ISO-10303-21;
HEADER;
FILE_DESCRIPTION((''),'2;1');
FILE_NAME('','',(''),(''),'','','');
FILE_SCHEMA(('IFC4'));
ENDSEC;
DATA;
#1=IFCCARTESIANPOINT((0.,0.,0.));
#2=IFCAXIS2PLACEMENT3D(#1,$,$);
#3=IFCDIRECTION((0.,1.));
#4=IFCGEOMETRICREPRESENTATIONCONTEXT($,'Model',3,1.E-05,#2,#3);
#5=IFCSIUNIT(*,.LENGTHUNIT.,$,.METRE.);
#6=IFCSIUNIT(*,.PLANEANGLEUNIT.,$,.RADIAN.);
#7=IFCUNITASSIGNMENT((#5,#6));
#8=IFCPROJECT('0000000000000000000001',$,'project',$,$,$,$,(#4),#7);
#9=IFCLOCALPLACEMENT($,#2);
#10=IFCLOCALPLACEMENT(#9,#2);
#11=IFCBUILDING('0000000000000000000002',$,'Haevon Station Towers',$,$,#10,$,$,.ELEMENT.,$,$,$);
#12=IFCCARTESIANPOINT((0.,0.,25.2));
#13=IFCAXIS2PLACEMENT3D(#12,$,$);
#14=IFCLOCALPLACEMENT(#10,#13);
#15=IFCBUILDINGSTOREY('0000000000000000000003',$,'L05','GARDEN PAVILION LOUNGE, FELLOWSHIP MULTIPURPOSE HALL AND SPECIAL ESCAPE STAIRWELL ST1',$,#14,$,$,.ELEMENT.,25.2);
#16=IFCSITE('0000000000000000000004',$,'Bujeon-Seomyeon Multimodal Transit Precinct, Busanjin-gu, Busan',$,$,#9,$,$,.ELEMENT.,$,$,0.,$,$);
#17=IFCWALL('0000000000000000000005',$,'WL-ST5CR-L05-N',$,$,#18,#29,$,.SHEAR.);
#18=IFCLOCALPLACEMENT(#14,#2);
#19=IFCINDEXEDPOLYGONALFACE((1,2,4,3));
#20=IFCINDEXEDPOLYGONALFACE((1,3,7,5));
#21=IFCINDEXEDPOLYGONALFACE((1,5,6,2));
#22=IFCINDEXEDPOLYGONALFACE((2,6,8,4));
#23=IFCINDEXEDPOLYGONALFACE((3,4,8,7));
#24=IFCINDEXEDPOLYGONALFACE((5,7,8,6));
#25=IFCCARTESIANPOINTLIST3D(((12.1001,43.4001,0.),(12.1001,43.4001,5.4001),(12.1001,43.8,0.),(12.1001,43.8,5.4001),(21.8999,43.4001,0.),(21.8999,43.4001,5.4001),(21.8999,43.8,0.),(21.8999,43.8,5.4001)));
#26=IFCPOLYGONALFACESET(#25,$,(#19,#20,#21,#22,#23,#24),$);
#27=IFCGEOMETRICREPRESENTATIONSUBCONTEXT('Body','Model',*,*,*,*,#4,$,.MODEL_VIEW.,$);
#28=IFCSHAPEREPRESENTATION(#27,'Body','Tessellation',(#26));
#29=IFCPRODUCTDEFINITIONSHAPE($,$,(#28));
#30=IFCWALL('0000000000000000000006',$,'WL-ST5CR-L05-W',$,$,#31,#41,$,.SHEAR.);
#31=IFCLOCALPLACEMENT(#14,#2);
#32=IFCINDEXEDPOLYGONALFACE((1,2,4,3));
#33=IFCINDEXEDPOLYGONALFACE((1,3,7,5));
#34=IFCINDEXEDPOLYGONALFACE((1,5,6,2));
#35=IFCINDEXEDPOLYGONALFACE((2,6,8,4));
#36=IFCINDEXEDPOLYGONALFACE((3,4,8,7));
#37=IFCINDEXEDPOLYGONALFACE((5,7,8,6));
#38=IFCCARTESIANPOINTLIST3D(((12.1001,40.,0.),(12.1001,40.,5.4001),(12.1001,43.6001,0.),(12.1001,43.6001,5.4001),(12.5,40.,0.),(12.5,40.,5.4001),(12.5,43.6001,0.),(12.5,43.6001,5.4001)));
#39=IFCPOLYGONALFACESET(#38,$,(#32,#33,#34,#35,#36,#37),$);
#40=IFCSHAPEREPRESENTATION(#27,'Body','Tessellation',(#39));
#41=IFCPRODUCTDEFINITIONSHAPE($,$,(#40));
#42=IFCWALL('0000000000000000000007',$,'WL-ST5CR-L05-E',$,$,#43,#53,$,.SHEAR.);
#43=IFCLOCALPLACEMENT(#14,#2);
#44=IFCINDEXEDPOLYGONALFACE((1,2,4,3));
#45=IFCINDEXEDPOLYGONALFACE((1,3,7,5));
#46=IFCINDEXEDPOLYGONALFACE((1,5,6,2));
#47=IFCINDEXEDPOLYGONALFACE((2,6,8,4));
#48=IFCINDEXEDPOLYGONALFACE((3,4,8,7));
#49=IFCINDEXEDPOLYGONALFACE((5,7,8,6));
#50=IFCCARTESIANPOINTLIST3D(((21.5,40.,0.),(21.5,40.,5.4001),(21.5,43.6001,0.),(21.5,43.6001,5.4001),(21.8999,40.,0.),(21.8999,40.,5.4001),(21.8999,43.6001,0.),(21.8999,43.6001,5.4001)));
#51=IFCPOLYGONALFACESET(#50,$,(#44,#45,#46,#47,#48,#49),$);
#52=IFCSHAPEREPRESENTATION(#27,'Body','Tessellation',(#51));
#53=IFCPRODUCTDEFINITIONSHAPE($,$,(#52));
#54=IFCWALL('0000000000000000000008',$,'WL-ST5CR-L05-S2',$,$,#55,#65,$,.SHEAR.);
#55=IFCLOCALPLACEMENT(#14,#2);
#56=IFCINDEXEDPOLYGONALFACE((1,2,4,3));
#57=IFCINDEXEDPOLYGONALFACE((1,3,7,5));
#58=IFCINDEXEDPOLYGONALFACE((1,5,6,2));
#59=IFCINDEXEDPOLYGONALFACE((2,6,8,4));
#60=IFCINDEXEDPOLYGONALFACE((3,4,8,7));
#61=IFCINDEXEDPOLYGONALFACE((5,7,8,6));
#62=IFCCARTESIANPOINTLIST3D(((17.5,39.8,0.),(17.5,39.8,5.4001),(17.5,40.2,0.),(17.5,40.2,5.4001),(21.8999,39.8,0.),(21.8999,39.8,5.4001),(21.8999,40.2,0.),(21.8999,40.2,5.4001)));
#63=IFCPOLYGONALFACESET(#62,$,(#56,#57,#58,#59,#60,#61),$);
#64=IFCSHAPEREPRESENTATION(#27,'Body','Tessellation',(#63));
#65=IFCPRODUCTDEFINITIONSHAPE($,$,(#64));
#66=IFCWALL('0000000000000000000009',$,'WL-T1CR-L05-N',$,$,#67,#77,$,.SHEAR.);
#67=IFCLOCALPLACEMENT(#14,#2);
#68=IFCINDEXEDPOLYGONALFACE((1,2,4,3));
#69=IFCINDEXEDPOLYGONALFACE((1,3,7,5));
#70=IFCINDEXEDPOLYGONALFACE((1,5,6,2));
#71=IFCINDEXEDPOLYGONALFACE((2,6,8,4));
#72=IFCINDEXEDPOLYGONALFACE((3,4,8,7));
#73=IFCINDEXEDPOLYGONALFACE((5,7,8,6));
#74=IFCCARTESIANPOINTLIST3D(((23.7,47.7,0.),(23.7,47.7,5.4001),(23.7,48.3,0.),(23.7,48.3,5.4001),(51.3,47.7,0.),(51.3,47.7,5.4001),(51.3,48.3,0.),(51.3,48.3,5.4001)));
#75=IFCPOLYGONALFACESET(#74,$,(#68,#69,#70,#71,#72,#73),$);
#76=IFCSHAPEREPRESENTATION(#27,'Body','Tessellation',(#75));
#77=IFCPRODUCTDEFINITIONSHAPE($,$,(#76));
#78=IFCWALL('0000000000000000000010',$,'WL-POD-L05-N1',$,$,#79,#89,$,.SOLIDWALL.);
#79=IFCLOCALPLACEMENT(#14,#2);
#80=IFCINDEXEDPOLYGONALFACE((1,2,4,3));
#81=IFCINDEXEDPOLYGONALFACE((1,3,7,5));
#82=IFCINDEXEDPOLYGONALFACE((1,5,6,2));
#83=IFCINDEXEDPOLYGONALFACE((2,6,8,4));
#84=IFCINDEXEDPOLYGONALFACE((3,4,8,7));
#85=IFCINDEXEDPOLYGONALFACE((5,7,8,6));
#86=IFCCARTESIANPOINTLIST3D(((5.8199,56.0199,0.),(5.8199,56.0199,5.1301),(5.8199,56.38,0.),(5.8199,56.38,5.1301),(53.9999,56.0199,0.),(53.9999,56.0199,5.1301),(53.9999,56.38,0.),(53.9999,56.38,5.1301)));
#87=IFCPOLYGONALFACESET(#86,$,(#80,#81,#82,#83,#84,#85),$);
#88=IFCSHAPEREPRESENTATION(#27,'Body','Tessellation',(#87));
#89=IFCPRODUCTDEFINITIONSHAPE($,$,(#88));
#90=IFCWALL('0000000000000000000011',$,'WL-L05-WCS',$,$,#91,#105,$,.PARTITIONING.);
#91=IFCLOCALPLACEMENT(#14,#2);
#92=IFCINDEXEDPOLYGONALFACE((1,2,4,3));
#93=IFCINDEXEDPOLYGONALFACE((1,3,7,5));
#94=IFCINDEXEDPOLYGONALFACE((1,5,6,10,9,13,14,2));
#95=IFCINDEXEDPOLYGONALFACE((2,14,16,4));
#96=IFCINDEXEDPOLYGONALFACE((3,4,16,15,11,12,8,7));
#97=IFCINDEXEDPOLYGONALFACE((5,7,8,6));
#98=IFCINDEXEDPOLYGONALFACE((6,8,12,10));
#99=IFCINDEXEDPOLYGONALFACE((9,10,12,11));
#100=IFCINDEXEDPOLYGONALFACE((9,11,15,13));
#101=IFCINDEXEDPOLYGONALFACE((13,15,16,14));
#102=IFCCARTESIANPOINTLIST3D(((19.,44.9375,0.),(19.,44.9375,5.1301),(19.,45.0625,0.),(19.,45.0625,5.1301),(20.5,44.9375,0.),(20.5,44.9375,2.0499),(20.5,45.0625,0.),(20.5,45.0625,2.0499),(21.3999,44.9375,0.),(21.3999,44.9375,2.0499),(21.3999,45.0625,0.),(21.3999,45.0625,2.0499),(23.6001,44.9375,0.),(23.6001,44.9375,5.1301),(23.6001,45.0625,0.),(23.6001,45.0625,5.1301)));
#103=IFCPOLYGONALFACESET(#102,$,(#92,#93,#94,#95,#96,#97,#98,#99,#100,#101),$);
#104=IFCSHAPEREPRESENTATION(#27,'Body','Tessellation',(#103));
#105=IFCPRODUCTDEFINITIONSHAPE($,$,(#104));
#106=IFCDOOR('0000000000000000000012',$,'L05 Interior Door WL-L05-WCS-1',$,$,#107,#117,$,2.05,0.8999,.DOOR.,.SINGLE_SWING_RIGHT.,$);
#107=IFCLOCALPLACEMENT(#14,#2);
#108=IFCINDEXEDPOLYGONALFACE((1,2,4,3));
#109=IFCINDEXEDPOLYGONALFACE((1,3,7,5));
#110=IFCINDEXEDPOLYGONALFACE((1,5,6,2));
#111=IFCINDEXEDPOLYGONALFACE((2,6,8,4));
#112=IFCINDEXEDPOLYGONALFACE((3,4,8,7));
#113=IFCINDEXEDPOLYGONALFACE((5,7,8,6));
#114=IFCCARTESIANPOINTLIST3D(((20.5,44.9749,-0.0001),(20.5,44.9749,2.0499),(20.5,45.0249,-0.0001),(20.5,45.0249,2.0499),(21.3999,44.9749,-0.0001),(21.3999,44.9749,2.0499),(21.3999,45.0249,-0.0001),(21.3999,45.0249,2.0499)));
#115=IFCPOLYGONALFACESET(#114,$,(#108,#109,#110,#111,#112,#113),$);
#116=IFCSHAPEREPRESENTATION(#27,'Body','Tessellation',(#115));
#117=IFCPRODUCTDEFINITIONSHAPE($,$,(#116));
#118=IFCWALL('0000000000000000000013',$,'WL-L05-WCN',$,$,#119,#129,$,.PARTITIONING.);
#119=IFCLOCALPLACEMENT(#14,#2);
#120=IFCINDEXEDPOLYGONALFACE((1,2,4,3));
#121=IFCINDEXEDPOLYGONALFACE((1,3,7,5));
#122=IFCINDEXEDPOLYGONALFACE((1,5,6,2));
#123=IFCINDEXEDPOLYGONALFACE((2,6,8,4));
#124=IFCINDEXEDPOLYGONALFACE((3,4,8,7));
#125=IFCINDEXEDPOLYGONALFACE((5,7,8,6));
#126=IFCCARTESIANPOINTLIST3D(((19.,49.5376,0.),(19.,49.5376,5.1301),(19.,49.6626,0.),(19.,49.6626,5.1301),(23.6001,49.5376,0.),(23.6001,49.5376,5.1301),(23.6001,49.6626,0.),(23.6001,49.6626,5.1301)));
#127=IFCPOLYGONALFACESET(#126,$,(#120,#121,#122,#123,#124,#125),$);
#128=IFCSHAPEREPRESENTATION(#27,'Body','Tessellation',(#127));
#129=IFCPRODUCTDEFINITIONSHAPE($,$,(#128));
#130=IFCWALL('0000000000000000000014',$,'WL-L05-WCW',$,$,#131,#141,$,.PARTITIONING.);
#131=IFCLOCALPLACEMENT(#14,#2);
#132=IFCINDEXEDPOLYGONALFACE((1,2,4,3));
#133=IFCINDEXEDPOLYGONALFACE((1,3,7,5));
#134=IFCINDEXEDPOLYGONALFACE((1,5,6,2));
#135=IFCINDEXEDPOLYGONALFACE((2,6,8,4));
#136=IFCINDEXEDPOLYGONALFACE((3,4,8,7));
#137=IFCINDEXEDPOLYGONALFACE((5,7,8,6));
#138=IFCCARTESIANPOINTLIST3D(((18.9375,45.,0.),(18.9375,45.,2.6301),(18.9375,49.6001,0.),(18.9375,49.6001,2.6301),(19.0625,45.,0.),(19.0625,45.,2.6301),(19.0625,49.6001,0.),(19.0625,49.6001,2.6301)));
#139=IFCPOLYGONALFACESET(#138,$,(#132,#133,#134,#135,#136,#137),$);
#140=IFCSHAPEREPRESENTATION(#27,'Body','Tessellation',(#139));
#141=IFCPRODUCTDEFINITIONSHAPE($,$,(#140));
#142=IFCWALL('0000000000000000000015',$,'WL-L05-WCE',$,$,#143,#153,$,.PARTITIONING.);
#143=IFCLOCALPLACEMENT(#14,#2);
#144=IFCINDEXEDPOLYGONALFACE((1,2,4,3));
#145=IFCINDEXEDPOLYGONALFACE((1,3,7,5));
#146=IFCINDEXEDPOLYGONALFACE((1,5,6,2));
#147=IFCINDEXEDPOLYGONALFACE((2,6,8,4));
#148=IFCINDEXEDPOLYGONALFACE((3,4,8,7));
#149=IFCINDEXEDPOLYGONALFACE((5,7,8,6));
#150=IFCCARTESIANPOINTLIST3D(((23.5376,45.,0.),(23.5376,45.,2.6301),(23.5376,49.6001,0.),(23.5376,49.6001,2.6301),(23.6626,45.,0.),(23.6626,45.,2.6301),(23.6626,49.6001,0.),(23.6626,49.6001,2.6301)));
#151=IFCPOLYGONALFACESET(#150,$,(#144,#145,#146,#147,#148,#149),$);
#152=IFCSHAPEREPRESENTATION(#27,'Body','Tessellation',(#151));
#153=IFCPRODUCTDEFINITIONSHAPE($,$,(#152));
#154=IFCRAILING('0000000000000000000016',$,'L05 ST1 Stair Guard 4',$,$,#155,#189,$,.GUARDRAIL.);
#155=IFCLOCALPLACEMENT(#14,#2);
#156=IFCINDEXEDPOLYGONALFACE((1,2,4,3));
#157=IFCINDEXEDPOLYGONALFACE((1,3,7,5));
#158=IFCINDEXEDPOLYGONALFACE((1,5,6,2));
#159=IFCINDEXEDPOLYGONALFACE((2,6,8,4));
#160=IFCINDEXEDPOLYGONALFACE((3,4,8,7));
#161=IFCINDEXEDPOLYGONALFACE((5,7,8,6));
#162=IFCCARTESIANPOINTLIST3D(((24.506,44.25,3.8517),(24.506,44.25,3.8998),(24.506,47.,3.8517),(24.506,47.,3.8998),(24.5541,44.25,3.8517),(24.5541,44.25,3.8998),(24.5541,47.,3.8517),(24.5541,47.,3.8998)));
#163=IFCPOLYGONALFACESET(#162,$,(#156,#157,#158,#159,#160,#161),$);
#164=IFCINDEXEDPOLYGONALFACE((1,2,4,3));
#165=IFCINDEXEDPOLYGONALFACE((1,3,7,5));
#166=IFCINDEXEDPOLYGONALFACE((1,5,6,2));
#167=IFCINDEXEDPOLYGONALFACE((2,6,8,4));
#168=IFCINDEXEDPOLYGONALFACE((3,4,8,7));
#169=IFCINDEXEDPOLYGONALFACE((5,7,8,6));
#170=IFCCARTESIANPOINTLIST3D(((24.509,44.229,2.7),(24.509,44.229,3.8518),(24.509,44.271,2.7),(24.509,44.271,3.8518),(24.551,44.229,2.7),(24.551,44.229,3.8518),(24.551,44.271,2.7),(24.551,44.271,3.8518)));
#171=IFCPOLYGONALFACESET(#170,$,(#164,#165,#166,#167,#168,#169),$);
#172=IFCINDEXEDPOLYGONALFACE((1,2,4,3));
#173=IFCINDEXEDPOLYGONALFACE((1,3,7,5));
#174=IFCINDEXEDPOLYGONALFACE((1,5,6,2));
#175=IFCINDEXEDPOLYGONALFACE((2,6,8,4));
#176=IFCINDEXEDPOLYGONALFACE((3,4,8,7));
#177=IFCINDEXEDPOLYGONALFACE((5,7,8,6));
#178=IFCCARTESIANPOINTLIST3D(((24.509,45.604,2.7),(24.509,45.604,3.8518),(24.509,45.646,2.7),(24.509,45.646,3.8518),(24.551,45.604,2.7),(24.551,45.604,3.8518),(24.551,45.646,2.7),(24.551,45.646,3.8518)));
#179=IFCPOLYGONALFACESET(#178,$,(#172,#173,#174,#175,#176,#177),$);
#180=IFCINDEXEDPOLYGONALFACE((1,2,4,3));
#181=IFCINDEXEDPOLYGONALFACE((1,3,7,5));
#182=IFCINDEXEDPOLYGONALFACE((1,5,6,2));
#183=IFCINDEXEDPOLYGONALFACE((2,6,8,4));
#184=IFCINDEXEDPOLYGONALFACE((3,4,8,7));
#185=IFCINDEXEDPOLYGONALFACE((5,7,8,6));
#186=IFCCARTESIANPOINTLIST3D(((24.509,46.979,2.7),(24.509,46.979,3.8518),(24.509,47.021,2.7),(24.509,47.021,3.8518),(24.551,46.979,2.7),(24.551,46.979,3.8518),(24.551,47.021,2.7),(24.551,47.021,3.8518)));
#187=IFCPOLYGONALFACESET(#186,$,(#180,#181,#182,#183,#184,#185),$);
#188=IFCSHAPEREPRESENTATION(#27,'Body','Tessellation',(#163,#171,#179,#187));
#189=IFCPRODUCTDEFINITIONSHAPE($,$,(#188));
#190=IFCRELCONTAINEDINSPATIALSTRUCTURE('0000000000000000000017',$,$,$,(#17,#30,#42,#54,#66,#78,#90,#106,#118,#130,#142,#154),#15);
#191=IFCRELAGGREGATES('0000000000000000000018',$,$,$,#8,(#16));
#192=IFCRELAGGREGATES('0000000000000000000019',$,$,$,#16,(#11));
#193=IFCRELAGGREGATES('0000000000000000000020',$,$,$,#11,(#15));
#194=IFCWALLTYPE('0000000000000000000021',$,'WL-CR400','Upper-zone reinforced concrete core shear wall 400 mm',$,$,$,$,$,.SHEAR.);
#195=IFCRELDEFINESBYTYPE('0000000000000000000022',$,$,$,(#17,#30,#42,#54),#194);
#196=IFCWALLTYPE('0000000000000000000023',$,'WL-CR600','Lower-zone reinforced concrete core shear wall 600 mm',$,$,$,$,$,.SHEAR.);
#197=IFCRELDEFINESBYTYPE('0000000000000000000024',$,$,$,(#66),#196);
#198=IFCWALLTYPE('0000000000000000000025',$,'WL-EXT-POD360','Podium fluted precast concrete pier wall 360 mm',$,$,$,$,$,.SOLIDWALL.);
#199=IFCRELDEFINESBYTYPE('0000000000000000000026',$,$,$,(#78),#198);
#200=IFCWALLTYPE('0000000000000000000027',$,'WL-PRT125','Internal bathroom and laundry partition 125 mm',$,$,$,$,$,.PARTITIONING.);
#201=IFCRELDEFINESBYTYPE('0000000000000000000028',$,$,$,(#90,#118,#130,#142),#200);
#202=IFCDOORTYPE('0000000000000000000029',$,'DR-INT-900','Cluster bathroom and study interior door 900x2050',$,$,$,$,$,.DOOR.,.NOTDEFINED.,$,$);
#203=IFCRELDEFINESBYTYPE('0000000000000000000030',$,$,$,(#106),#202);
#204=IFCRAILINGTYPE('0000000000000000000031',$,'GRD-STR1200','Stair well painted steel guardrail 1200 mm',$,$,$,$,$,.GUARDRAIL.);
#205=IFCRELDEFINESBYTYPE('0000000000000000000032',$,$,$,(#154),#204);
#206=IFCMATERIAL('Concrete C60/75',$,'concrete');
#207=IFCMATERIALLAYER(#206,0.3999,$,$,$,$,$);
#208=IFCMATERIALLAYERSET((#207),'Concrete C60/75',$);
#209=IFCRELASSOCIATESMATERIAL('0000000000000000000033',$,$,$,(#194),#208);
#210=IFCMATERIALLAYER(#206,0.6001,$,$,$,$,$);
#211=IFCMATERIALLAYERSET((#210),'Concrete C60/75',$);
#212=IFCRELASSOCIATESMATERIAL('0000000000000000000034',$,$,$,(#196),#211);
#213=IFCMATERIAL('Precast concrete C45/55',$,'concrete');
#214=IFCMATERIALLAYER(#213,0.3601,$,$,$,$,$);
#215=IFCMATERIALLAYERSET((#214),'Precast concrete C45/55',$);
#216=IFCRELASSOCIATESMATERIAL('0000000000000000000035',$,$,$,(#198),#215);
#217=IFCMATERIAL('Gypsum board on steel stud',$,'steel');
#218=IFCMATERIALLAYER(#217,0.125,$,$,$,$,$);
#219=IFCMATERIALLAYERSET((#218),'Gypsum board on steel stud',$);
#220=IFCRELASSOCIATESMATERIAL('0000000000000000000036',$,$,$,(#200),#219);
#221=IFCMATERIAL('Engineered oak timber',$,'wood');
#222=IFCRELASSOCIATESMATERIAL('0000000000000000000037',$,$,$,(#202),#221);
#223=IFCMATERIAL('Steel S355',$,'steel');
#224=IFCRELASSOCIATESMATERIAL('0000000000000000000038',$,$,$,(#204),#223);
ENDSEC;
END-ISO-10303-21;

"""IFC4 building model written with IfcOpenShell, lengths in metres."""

from ifc_helpers import new_model, si_unit, direction, frame, frame_2d, origin, origin_2d, place, context, subcontext, project, spatial, rectangle, extrude, material, layer, layer_set, type_object, element, fill, save


model = new_model("IFC4")

# Units and contexts
model_context = context("Model", 3, precision=1e-05, world=origin(), true_north=direction((0.0, 1.0)))
body_context = subcontext(model_context, "Body", "Model", "MODEL_VIEW")
ifc_project = project(units=[si_unit("LENGTHUNIT", "METRE"), si_unit("PLANEANGLEUNIT", "RADIAN")], contexts=[model_context])

# Site, building, storey
site_placement = place(None, origin())
site = spatial("IfcSite", under=ifc_project, at=site_placement, Name="Bujeon-Seomyeon Multimodal Transit Precinct, Busanjin-gu, Busan", CompositionType="ELEMENT", RefElevation=0.0)
building_placement = place(site_placement, origin())
building = spatial("IfcBuilding", under=site, at=building_placement, Name="Haevon Station Towers", CompositionType="ELEMENT")
storey_placement = place(building_placement, frame((0.0, 0.0, 25.2)))
storey = spatial("IfcBuildingStorey", under=building, at=storey_placement, Name="L05", Description="GARDEN PAVILION LOUNGE, FELLOWSHIP MULTIPURPOSE HALL AND SPECIAL ESCAPE STAIRWELL ST1", CompositionType="ELEMENT", Elevation=25.2)

# Shared definitions
ifc_material_1 = material(Name="Steel S355", Category="steel")

# Shared definitions
ifc_material_2 = material(Name="Gypsum board on steel stud", Category="steel")
ifc_material_3 = material(Name="Engineered oak timber", Category="wood")

# Walls
ifc_material_4 = material(Name="Concrete C60/75", Category="concrete")
ifc_layer_1 = layer(ifc_material_4, 0.3999)
ifc_layer_set_1 = layer_set([ifc_layer_1], Name="Concrete C60/75")
wall_type_1 = type_object("IfcWallType", Name="WL-CR400", Description="Upper-zone reinforced concrete core shear wall 400 mm", PredefinedType="SHEAR", material=ifc_layer_set_1)
wall_1_placement = place(storey_placement, frame((12.1001, 43.6001, 0.0), z_axis=(0.0, 0.0, 1.0), x_axis=(1.0, 0.0, 0.0)))
element("IfcWall", 1, at=wall_1_placement, inside=storey, type_object=wall_type_1, Name="WL-ST5CR-L05-N", PredefinedType="SHEAR", context=body_context, shape_type="SweptSolid", body=[
    extrude(rectangle(XDim=9.7998, YDim=0.3999, at=frame_2d((4.8999, 0.0))), origin(), (0.0, 0.0, 1.0), 5.4001),
])
for number, where, z_axis, x_axis, name in (
    (2, (12.3, 40.0, 0.0), (0.0, 0.0, 1.0), (0.0, 1.0, 0.0), "WL-ST5CR-L05-W"),
    (3, (21.7, 40.0, 0.0), (0.0, 0.0, 1.0), (0.0, 1.0, 0.0), "WL-ST5CR-L05-E"),
):
    element("IfcWall", number, at=place(storey_placement, frame(where, z_axis=z_axis, x_axis=x_axis)), inside=storey, type_object=wall_type_1, Name=name, PredefinedType="SHEAR", context=body_context, shape_type="SweptSolid", body=[
        extrude(rectangle(XDim=3.6001, YDim=0.3999, at=frame_2d((1.8, 0.0))), origin(), (0.0, 0.0, 1.0), 5.4001),
    ])
wall_2_placement = place(storey_placement, frame((17.5, 40.0, 0.0), z_axis=(0.0, 0.0, 1.0), x_axis=(1.0, 0.0, 0.0)))
element("IfcWall", 4, at=wall_2_placement, inside=storey, type_object=wall_type_1, Name="WL-ST5CR-L05-S2", PredefinedType="SHEAR", context=body_context, shape_type="SweptSolid", body=[
    extrude(rectangle(XDim=4.3999, YDim=0.3999, at=frame_2d((2.2, 0.0))), origin(), (0.0, 0.0, 1.0), 5.4001),
])
ifc_layer_2 = layer(ifc_material_4, 0.6001)
ifc_layer_set_2 = layer_set([ifc_layer_2], Name="Concrete C60/75")
wall_type_2 = type_object("IfcWallType", Name="WL-CR600", Description="Lower-zone reinforced concrete core shear wall 600 mm", PredefinedType="SHEAR", material=ifc_layer_set_2)
wall_3_placement = place(storey_placement, frame((23.7, 48.0, 0.0), z_axis=(0.0, 0.0, 1.0), x_axis=(1.0, 0.0, 0.0)))
element("IfcWall", 5, at=wall_3_placement, inside=storey, type_object=wall_type_2, Name="WL-T1CR-L05-N", PredefinedType="SHEAR", context=body_context, shape_type="SweptSolid", body=[
    extrude(rectangle(XDim=27.6001, YDim=0.6001, at=frame_2d((13.8, 0.0))), origin(), (0.0, 0.0, 1.0), 5.4001),
])
ifc_material_5 = material(Name="Precast concrete C45/55", Category="concrete")
ifc_layer_3 = layer(ifc_material_5, 0.3601)
ifc_layer_set_3 = layer_set([ifc_layer_3], Name="Precast concrete C45/55")
wall_type_3 = type_object("IfcWallType", Name="WL-EXT-POD360", Description="Podium fluted precast concrete pier wall 360 mm", PredefinedType="SOLIDWALL", material=ifc_layer_set_3)
wall_4_placement = place(storey_placement, frame((5.8201, 56.2, 0.0), z_axis=(0.0, 0.0, 1.0), x_axis=(1.0, 0.0, 0.0)))
element("IfcWall", 6, at=wall_4_placement, inside=storey, type_object=wall_type_3, Name="WL-POD-L05-N1", PredefinedType="SOLIDWALL", context=body_context, shape_type="SweptSolid", body=[
    extrude(rectangle(XDim=48.1799, YDim=0.3601, at=frame_2d((24.0898, 0.0))), origin(), (0.0, 0.0, 1.0), 5.1301),
])

# Wall, opening, door
ifc_layer_4 = layer(ifc_material_2, 0.125)
ifc_layer_set_4 = layer_set([ifc_layer_4], Name="Gypsum board on steel stud")
wall_type_4 = type_object("IfcWallType", Name="WL-PRT125", Description="Internal bathroom and laundry partition 125 mm", PredefinedType="PARTITIONING", material=ifc_layer_set_4)
wall_5_placement = place(storey_placement, frame((19.0, 45.0, 0.0), z_axis=(0.0, 0.0, 1.0), x_axis=(1.0, 0.0, 0.0)))
wall_5 = element("IfcWall", 7, at=wall_5_placement, inside=storey, type_object=wall_type_4, Name="WL-L05-WCS", PredefinedType="PARTITIONING", context=body_context, shape_type="SweptSolid", body=[
    extrude(rectangle(XDim=4.6001, YDim=0.125, at=frame_2d((2.3, 0.0))), origin(), (0.0, 0.0, 1.0), 5.1301),
])
opening_1_placement = place(wall_5_placement, frame((1.5, 0.0, 0.0)))
opening_1 = element("IfcOpeningElement", 8, at=opening_1_placement, cuts=wall_5, PredefinedType="OPENING", context=body_context, shape_type="SweptSolid", body=[
    extrude(rectangle(XDim=0.8999, YDim=2.05, at=frame_2d((0.45, 1.0249))), frame((0.0, 0.0725, 0.0), z_axis=(0.0, -1.0, 0.0), x_axis=(1.0, 0.0, 0.0)), (0.0, 0.0, 1.0), 0.145),
])
door_type_1 = type_object("IfcDoorType", Name="DR-INT-900", Description="Cluster bathroom and study interior door 900x2050", OperationType="NOTDEFINED", PredefinedType="DOOR", material=ifc_material_3)
door_1_placement = place(opening_1_placement, origin())
door_1 = element("IfcDoor", 9, at=door_1_placement, inside=storey, type_object=door_type_1, Name="L05 Interior Door WL-L05-WCS-1", OperationType="SINGLE_SWING_RIGHT", OverallHeight=2.05, OverallWidth=0.8999, PredefinedType="DOOR", context=body_context, shape_type="SweptSolid", body=[
    extrude(rectangle(XDim=0.8999, YDim=2.05, at=frame_2d((0.45, 1.0249))), frame((0.0, 0.0249, 0.0), z_axis=(0.0, -1.0, 0.0), x_axis=(1.0, 0.0, 0.0)), (0.0, 0.0, 1.0), 0.05),
])
fill(opening_1, door_1)

# Walls
wall_6_placement = place(storey_placement, frame((19.0, 49.6001, 0.0), z_axis=(0.0, 0.0, 1.0), x_axis=(1.0, 0.0, 0.0)))
element("IfcWall", 10, at=wall_6_placement, inside=storey, type_object=wall_type_4, Name="WL-L05-WCN", PredefinedType="PARTITIONING", context=body_context, shape_type="SweptSolid", body=[
    extrude(rectangle(XDim=4.6001, YDim=0.125, at=frame_2d((2.3, 0.0))), origin(), (0.0, 0.0, 1.0), 5.1301),
])
for number, where, z_axis, x_axis, name in (
    (11, (19.0, 45.0, 0.0), (0.0, 0.0, 1.0), (0.0, 1.0, 0.0), "WL-L05-WCW"),
    (12, (23.6001, 45.0, 0.0), (0.0, 0.0, 1.0), (0.0, 1.0, 0.0), "WL-L05-WCE"),
):
    element("IfcWall", number, at=place(storey_placement, frame(where, z_axis=z_axis, x_axis=x_axis)), inside=storey, type_object=wall_type_4, Name=name, PredefinedType="PARTITIONING", context=body_context, shape_type="SweptSolid", body=[
        extrude(rectangle(XDim=4.6001, YDim=0.125, at=frame_2d((2.3, 0.0))), origin(), (0.0, 0.0, 1.0), 2.6301),
    ])

# Railing
railing_type_1 = type_object("IfcRailingType", Name="GRD-STR1200", Description="Stair well painted steel guardrail 1200 mm", PredefinedType="GUARDRAIL", material=ifc_material_1)
railing_1_placement = place(storey_placement, frame((24.53, 44.25, 2.7)))
element("IfcRailing", 13, at=railing_1_placement, inside=storey, type_object=railing_type_1, Name="L05 ST1 Stair Guard 4", PredefinedType="GUARDRAIL", context=body_context, shape_type="SweptSolid", body=[
    extrude(rectangle(XDim=0.0481, YDim=0.0481, at=origin_2d()), frame((0.0, 0.0, 1.1758), z_axis=(0.0, 1.0, 0.0), x_axis=(-1.0, 0.0, 0.0)), (0.0, 0.0, 1.0), 2.75),
    extrude(rectangle(XDim=0.042, YDim=0.042, at=origin_2d()), origin(), (0.0, 0.0, 1.0), 1.1519),
    extrude(rectangle(XDim=0.042, YDim=0.042, at=origin_2d()), frame((0.0, 1.375, 0.0)), (0.0, 0.0, 1.0), 1.1519),
    extrude(rectangle(XDim=0.042, YDim=0.042, at=origin_2d()), frame((0.0, 2.75, 0.0)), (0.0, 0.0, 1.0), 1.1519),
])

save(model, "model.ifc")
